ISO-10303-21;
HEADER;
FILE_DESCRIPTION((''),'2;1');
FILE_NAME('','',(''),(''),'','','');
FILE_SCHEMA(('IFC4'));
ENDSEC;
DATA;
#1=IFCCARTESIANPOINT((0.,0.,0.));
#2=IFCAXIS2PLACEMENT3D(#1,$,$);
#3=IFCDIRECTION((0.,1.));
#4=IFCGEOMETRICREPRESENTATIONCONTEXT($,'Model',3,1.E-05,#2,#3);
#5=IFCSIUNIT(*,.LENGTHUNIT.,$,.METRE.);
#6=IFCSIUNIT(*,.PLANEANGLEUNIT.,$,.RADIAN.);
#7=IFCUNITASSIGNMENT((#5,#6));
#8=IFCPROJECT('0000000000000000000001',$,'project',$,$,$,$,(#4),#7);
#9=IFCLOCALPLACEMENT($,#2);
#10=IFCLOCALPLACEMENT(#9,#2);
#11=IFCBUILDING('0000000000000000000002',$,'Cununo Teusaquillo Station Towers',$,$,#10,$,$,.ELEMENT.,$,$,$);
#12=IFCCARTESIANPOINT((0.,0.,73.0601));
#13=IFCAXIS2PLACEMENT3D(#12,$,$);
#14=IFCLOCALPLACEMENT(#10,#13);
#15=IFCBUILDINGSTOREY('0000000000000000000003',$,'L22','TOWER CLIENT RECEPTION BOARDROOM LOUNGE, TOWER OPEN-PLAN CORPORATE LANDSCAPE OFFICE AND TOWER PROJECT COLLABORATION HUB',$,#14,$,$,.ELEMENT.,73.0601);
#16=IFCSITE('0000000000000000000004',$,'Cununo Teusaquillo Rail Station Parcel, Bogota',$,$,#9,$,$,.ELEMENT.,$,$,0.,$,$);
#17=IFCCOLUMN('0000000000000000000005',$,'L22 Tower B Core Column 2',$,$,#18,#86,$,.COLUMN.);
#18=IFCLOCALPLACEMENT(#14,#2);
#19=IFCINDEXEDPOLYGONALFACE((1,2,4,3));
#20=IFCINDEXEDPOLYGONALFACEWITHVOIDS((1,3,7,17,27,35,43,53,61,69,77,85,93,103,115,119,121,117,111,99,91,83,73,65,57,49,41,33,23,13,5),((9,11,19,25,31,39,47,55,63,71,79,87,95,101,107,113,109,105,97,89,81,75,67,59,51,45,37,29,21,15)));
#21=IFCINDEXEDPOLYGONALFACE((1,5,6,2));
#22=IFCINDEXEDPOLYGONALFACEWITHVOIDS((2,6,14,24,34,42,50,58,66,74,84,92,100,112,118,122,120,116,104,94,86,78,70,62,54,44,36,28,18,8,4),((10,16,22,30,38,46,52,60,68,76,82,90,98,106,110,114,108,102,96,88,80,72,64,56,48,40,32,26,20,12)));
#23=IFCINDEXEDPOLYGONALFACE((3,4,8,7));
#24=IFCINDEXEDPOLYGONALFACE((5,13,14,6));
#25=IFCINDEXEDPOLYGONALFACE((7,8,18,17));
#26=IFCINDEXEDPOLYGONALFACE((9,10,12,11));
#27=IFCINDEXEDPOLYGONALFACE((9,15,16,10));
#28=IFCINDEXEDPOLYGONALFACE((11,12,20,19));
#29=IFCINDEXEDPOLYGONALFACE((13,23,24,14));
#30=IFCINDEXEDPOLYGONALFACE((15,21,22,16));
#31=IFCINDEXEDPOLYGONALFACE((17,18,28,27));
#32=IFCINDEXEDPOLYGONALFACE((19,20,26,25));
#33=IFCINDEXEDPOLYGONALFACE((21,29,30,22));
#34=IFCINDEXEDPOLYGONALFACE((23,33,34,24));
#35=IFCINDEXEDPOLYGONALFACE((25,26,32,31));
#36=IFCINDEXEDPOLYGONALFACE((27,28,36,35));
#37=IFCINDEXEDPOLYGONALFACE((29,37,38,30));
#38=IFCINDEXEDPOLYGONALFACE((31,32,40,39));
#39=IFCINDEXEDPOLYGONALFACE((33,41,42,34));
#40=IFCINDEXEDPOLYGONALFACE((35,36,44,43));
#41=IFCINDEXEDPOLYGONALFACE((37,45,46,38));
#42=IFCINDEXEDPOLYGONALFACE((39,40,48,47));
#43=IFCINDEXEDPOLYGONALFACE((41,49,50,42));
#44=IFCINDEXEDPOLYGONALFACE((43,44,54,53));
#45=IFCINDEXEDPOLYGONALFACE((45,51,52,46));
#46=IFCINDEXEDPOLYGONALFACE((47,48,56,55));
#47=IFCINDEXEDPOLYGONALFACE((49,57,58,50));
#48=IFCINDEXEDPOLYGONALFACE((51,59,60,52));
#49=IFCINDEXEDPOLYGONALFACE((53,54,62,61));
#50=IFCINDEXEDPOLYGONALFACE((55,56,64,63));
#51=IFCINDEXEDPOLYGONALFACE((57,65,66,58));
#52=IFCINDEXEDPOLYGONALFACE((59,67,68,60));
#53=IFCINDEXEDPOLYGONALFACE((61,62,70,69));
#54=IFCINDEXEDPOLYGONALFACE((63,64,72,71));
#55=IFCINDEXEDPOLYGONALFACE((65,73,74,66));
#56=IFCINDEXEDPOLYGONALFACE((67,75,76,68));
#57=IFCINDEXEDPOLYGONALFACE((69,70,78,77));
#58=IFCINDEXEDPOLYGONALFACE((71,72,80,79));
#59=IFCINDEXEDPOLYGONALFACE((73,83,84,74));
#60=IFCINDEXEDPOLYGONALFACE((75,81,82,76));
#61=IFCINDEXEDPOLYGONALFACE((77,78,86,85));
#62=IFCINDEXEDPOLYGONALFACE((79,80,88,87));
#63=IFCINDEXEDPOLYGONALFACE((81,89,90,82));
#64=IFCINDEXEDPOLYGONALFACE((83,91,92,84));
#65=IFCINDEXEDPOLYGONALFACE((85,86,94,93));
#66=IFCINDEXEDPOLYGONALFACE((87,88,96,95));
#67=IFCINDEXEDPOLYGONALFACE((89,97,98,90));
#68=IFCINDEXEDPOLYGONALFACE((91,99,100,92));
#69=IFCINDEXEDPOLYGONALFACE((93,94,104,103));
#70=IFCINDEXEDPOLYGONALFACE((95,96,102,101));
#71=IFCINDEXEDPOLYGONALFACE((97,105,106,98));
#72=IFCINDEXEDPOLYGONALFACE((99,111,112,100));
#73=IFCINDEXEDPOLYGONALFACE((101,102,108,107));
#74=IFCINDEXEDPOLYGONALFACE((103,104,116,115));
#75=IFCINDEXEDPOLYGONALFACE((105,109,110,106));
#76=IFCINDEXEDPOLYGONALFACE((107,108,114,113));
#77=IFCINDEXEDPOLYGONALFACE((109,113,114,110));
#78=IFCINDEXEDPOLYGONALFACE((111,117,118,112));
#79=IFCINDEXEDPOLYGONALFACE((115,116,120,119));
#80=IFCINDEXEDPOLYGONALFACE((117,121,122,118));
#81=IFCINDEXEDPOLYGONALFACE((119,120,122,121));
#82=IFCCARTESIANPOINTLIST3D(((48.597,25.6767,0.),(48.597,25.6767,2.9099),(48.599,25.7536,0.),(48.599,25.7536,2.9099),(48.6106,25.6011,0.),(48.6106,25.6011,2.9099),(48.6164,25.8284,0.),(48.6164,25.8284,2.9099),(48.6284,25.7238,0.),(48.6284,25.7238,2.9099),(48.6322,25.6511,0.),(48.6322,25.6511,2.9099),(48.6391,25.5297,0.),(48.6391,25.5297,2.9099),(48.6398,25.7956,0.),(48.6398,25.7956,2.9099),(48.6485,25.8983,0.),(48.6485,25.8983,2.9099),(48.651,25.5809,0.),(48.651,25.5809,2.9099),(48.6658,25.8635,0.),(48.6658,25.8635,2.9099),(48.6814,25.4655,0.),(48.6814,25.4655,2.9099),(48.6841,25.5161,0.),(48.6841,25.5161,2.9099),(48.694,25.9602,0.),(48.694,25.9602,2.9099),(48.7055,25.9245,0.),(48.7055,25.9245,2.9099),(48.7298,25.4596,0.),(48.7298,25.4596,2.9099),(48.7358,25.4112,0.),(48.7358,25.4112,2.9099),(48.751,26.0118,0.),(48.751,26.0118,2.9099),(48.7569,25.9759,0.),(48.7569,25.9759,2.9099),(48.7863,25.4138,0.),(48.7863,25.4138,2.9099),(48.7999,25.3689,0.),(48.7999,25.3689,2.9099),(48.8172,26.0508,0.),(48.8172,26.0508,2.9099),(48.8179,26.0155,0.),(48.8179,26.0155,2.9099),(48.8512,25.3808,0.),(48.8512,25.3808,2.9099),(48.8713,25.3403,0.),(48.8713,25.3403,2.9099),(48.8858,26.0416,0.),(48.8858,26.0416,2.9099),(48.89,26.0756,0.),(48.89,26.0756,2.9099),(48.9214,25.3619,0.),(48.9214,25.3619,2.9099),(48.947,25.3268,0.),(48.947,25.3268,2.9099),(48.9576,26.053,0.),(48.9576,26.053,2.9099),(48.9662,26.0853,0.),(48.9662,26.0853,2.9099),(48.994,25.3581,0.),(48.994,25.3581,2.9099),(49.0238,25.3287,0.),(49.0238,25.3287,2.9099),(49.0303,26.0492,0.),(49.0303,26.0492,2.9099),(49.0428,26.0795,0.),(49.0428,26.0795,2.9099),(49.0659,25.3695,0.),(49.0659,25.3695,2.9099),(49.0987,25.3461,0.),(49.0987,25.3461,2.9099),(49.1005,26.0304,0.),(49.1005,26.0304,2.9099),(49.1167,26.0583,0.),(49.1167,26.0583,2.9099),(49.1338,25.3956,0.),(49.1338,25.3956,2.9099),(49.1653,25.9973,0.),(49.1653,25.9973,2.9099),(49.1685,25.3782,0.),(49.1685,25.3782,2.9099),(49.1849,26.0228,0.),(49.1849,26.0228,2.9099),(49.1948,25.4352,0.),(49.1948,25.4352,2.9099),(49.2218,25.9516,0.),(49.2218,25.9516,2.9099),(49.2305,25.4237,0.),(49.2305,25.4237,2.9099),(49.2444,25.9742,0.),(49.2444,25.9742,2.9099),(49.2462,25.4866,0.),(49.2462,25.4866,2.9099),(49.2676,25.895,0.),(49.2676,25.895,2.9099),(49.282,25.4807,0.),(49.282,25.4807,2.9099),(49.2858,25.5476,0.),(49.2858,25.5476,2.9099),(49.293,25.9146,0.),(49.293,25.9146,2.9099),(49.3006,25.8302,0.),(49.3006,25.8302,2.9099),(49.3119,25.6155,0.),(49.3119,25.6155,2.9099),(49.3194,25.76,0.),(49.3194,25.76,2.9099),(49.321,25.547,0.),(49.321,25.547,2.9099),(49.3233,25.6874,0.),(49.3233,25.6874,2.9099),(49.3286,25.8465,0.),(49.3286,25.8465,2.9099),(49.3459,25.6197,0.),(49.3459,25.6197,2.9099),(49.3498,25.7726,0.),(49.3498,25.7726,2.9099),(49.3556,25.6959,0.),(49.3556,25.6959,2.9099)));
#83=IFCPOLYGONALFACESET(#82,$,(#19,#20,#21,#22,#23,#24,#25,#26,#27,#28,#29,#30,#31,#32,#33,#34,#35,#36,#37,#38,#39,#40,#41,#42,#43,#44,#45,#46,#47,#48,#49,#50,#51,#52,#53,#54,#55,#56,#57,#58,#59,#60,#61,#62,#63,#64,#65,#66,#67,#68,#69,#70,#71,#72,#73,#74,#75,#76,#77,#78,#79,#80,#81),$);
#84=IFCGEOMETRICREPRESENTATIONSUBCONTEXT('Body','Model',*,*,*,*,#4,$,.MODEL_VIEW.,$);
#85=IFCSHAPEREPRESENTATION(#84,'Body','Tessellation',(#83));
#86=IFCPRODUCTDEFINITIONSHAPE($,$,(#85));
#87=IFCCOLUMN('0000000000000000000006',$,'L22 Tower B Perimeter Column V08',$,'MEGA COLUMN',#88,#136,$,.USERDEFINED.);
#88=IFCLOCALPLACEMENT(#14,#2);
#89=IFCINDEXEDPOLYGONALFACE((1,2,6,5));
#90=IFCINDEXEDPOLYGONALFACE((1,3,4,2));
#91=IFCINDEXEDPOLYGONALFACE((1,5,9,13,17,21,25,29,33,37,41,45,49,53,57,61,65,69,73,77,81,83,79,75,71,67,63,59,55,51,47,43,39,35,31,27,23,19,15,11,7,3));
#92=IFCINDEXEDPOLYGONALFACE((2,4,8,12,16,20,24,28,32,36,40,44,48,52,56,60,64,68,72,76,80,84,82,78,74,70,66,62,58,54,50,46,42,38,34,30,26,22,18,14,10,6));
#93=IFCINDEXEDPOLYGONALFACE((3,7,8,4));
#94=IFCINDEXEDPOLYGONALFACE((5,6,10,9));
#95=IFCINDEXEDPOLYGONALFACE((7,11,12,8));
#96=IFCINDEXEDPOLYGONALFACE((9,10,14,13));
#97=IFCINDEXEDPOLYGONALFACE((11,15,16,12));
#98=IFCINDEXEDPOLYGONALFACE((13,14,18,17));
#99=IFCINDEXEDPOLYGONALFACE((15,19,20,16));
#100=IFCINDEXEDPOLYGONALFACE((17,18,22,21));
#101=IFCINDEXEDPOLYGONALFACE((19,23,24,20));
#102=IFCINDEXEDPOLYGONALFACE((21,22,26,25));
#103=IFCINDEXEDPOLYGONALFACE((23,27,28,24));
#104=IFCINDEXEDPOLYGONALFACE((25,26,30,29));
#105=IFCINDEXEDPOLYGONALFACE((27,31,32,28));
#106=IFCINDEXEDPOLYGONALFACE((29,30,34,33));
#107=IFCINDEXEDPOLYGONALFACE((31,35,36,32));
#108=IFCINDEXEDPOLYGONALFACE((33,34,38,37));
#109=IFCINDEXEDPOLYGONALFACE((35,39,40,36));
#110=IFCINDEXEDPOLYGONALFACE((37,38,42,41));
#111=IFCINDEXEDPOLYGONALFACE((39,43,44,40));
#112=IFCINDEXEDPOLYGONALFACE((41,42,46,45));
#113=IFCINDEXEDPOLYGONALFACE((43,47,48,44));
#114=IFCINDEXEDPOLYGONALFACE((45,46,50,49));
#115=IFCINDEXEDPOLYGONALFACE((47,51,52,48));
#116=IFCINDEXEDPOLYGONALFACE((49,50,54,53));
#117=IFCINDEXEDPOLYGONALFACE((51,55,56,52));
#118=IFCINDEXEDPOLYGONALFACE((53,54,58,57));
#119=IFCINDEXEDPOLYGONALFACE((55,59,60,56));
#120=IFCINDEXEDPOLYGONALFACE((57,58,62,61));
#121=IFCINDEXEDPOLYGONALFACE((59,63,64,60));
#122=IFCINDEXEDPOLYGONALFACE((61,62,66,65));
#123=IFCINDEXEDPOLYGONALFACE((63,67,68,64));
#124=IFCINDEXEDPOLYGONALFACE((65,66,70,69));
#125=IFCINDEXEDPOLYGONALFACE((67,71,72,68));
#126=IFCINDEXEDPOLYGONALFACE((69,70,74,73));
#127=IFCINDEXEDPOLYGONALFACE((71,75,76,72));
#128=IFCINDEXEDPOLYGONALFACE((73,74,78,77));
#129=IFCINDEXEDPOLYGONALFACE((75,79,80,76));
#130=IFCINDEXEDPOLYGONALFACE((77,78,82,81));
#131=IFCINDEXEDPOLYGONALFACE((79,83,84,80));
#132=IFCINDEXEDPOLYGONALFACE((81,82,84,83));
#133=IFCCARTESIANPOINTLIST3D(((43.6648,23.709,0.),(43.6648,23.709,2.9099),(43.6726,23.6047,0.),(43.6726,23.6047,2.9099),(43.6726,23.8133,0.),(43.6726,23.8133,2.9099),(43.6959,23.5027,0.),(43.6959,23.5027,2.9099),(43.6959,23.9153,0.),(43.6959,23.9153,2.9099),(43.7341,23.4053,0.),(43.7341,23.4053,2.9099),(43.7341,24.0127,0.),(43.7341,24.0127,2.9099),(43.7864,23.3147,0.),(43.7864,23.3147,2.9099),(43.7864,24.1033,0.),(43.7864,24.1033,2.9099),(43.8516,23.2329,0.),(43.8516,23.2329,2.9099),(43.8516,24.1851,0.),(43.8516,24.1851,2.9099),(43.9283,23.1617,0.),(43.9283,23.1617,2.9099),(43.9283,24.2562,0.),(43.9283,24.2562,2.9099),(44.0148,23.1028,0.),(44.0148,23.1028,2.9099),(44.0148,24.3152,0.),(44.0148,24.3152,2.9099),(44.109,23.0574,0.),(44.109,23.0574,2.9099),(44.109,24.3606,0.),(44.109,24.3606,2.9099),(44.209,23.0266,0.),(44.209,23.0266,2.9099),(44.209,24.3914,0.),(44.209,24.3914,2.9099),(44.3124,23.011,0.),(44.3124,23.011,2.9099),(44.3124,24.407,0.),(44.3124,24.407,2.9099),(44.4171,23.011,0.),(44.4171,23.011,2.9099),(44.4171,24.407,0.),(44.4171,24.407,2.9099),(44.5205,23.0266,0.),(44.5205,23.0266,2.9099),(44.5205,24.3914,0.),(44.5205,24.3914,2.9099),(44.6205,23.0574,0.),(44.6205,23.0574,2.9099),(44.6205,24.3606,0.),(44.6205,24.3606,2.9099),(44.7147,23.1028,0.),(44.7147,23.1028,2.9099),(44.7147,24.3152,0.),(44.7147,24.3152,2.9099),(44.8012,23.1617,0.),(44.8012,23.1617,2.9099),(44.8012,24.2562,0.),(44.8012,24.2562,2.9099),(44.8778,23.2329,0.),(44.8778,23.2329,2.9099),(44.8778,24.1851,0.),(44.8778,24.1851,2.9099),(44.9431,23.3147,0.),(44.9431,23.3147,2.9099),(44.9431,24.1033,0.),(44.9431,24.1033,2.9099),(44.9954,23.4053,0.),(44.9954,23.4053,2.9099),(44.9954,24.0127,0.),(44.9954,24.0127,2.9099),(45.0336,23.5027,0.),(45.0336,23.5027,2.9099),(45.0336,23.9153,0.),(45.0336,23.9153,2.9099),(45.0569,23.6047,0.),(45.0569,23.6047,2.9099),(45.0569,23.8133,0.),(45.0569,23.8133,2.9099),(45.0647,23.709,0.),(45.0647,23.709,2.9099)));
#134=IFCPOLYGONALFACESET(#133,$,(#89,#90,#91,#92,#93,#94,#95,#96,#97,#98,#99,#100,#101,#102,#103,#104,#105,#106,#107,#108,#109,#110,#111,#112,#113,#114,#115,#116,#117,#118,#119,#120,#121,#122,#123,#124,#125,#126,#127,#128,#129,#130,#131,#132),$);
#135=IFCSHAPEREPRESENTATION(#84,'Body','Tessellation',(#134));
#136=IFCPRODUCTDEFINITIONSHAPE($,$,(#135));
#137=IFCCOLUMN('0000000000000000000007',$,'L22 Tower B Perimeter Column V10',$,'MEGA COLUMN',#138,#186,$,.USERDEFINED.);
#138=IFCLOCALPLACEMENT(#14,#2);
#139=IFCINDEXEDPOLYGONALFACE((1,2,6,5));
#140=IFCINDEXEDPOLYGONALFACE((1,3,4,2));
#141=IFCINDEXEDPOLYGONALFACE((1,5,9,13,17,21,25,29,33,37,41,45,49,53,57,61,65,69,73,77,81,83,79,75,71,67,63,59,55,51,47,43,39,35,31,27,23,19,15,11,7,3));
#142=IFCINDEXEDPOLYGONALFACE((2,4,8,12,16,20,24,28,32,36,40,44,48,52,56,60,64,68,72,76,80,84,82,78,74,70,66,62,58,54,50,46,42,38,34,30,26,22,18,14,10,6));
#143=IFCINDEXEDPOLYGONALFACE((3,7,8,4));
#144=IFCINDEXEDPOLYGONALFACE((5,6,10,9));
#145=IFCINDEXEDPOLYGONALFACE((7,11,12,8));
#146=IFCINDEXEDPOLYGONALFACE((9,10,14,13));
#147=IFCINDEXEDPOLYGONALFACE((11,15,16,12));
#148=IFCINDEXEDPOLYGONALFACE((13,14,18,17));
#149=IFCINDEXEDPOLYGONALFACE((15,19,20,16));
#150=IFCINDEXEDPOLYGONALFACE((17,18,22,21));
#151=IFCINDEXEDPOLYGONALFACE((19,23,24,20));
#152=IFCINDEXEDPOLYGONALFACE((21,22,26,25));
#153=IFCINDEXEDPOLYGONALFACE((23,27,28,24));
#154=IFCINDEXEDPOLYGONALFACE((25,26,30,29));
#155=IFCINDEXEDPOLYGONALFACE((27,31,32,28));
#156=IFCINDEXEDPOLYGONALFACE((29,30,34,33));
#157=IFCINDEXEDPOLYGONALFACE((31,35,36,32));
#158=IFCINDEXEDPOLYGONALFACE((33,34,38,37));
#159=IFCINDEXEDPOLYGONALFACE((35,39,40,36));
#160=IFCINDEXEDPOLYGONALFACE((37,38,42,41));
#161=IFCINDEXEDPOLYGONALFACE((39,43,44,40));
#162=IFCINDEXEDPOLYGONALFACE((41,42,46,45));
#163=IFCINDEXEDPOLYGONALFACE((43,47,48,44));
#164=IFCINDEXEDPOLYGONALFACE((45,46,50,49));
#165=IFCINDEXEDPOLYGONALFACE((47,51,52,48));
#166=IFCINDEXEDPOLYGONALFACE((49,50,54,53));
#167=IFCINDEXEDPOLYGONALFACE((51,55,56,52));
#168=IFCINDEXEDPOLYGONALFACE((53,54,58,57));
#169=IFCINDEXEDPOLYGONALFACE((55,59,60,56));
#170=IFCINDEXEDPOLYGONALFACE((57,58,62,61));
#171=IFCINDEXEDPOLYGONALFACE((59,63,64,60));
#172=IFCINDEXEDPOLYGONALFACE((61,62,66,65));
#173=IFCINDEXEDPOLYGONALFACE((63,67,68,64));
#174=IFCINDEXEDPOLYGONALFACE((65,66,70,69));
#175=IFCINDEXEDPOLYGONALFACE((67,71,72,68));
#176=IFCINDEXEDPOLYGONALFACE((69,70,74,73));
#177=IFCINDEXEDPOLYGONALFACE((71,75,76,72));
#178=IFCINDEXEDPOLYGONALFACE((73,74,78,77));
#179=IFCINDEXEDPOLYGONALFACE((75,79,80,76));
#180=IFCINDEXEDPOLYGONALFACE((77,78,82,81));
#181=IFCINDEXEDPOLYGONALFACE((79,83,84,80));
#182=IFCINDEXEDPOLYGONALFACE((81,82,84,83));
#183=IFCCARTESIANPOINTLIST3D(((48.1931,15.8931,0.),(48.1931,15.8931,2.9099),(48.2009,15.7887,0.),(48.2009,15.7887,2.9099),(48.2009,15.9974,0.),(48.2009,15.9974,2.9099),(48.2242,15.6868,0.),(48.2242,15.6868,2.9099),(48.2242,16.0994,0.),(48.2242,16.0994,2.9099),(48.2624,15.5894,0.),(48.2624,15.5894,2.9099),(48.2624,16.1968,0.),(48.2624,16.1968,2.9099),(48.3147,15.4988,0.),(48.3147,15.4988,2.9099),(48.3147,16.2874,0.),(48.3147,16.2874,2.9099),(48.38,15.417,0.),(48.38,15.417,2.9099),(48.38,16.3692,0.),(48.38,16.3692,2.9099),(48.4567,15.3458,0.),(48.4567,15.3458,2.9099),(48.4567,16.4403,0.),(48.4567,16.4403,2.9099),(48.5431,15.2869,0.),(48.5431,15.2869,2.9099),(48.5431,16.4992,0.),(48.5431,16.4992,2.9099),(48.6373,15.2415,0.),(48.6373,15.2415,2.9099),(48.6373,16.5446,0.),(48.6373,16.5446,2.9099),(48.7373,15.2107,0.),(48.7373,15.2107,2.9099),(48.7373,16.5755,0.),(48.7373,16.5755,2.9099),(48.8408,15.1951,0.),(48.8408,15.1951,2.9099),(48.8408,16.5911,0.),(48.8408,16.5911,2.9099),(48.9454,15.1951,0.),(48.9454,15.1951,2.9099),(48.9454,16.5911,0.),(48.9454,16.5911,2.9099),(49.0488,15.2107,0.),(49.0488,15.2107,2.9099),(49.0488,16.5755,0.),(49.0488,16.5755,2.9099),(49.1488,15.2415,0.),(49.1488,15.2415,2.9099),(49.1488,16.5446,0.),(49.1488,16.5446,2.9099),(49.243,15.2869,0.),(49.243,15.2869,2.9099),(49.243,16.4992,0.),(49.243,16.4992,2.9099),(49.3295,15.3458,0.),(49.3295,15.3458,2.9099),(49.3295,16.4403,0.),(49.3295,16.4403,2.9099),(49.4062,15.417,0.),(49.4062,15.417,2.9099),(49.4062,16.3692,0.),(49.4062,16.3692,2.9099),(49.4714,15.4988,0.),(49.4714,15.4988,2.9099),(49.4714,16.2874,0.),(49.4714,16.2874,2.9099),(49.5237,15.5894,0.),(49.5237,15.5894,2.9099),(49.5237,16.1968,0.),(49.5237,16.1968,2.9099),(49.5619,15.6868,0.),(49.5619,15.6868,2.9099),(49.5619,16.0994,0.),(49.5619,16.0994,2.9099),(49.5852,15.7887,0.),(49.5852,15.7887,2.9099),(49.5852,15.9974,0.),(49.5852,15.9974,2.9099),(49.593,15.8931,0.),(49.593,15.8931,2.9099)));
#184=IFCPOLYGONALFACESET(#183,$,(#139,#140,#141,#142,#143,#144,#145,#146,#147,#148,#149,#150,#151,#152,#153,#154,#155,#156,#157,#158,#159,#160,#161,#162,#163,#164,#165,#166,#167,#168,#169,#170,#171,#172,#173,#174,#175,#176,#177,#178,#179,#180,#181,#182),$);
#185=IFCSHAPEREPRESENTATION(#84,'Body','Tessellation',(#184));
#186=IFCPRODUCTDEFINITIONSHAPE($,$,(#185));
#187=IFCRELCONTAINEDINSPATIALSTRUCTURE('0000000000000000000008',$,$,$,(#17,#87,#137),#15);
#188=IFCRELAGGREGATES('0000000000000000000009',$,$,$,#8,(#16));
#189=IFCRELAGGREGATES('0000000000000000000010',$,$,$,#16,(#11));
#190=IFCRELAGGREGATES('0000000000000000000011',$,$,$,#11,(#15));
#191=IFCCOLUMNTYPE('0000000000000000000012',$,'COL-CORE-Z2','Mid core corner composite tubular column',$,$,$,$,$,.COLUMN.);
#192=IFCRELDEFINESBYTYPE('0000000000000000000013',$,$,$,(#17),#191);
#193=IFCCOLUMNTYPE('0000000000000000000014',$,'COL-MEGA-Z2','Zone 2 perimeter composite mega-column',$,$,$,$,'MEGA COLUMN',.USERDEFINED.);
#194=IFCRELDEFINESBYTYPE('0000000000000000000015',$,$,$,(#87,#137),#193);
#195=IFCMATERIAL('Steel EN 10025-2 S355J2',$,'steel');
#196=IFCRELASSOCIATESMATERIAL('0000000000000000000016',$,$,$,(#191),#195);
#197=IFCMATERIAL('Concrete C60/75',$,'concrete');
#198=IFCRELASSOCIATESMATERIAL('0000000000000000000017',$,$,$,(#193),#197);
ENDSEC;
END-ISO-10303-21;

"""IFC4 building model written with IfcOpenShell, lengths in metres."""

from ifc_helpers import new_model, si_unit, direction, frame, origin, origin_2d, place, context, subcontext, project, spatial, circle, hollow_circle, extrude, material, material_profile, profile_set, type_object, element, save


model = new_model("IFC4")

# Units and contexts
model_context = context("Model", 3, precision=1e-05, world=origin(), true_north=direction((0.0, 1.0)))
body_context = subcontext(model_context, "Body", "Model", "MODEL_VIEW")
ifc_project = project(units=[si_unit("LENGTHUNIT", "METRE"), si_unit("PLANEANGLEUNIT", "RADIAN")], contexts=[model_context])

# Site, building, storey
site_placement = place(None, origin())
site = spatial("IfcSite", under=ifc_project, at=site_placement, Name="Cununo Teusaquillo Rail Station Parcel, Bogota", CompositionType="ELEMENT", RefElevation=0.0)
building_placement = place(site_placement, origin())
building = spatial("IfcBuilding", under=site, at=building_placement, Name="Cununo Teusaquillo Station Towers", CompositionType="ELEMENT")
storey_placement = place(building_placement, frame((0.0, 0.0, 73.0601)))
storey = spatial("IfcBuildingStorey", under=building, at=storey_placement, Name="L22", Description="TOWER CLIENT RECEPTION BOARDROOM LOUNGE, TOWER OPEN-PLAN CORPORATE LANDSCAPE OFFICE AND TOWER PROJECT COLLABORATION HUB", CompositionType="ELEMENT", Elevation=73.0601)

# Columns
ifc_material_1 = material(Name="Steel EN 10025-2 S355J2", Category="steel")
ifc_material_profile_1 = material_profile(ifc_material_1, hollow_circle(Radius=0.3799, WallThickness=0.032, at=origin_2d()), Name="CHS 760x32")
ifc_profile_set_1 = profile_set([ifc_material_profile_1], Name="Steel EN 10025-2 S355J2")
column_type_1 = type_object("IfcColumnType", Name="COL-CORE-Z2", Description="Mid core corner composite tubular column", PredefinedType="COLUMN", material=ifc_profile_set_1)
column_placement = place(storey_placement, frame((48.9758, 25.7056, 0.0), z_axis=(0.0, 0.0, 1.0), x_axis=(0.707107, 0.707107, 0.0)))
element("IfcColumn", 1, at=column_placement, inside=storey, type_object=column_type_1, Name="L22 Tower B Core Column 2", PredefinedType="COLUMN", context=body_context, shape_type="SweptSolid", body=[
    extrude(hollow_circle(Radius=0.3799, WallThickness=0.032, at=origin_2d()), origin(), (0.0, 0.0, 1.0), 2.9099),
])
ifc_material_2 = material(Name="Concrete C60/75", Category="concrete")
ifc_material_profile_2 = material_profile(ifc_material_2, circle(Radius=0.7, at=origin_2d()), Name="RC-CIRC-1400")
ifc_profile_set_2 = profile_set([ifc_material_profile_2], Name="Concrete C60/75")
column_type_2 = type_object("IfcColumnType", Name="COL-MEGA-Z2", Description="Zone 2 perimeter composite mega-column", ElementType="MEGA COLUMN", PredefinedType="USERDEFINED", material=ifc_profile_set_2)
for number, where, z_axis, x_axis, name in (
    (2, (44.3647, 23.709, 0.0), (0.0, 0.0, 1.0), (1.0, 0.0, 0.0), "L22 Tower B Perimeter Column V08"),
    (3, (48.8931, 15.8931, 0.0), (0.0, 0.0, 1.0), (1.0, 0.0, 0.0), "L22 Tower B Perimeter Column V10"),
):
    element("IfcColumn", number, at=place(storey_placement, frame(where, z_axis=z_axis, x_axis=x_axis)), inside=storey, type_object=column_type_2, Name=name, ObjectType="MEGA COLUMN", PredefinedType="USERDEFINED", context=body_context, shape_type="SweptSolid", body=[
        extrude(circle(Radius=0.7, at=origin_2d()), origin(), (0.0, 0.0, 1.0), 2.9099),
    ])

save(model, "model.ifc")
